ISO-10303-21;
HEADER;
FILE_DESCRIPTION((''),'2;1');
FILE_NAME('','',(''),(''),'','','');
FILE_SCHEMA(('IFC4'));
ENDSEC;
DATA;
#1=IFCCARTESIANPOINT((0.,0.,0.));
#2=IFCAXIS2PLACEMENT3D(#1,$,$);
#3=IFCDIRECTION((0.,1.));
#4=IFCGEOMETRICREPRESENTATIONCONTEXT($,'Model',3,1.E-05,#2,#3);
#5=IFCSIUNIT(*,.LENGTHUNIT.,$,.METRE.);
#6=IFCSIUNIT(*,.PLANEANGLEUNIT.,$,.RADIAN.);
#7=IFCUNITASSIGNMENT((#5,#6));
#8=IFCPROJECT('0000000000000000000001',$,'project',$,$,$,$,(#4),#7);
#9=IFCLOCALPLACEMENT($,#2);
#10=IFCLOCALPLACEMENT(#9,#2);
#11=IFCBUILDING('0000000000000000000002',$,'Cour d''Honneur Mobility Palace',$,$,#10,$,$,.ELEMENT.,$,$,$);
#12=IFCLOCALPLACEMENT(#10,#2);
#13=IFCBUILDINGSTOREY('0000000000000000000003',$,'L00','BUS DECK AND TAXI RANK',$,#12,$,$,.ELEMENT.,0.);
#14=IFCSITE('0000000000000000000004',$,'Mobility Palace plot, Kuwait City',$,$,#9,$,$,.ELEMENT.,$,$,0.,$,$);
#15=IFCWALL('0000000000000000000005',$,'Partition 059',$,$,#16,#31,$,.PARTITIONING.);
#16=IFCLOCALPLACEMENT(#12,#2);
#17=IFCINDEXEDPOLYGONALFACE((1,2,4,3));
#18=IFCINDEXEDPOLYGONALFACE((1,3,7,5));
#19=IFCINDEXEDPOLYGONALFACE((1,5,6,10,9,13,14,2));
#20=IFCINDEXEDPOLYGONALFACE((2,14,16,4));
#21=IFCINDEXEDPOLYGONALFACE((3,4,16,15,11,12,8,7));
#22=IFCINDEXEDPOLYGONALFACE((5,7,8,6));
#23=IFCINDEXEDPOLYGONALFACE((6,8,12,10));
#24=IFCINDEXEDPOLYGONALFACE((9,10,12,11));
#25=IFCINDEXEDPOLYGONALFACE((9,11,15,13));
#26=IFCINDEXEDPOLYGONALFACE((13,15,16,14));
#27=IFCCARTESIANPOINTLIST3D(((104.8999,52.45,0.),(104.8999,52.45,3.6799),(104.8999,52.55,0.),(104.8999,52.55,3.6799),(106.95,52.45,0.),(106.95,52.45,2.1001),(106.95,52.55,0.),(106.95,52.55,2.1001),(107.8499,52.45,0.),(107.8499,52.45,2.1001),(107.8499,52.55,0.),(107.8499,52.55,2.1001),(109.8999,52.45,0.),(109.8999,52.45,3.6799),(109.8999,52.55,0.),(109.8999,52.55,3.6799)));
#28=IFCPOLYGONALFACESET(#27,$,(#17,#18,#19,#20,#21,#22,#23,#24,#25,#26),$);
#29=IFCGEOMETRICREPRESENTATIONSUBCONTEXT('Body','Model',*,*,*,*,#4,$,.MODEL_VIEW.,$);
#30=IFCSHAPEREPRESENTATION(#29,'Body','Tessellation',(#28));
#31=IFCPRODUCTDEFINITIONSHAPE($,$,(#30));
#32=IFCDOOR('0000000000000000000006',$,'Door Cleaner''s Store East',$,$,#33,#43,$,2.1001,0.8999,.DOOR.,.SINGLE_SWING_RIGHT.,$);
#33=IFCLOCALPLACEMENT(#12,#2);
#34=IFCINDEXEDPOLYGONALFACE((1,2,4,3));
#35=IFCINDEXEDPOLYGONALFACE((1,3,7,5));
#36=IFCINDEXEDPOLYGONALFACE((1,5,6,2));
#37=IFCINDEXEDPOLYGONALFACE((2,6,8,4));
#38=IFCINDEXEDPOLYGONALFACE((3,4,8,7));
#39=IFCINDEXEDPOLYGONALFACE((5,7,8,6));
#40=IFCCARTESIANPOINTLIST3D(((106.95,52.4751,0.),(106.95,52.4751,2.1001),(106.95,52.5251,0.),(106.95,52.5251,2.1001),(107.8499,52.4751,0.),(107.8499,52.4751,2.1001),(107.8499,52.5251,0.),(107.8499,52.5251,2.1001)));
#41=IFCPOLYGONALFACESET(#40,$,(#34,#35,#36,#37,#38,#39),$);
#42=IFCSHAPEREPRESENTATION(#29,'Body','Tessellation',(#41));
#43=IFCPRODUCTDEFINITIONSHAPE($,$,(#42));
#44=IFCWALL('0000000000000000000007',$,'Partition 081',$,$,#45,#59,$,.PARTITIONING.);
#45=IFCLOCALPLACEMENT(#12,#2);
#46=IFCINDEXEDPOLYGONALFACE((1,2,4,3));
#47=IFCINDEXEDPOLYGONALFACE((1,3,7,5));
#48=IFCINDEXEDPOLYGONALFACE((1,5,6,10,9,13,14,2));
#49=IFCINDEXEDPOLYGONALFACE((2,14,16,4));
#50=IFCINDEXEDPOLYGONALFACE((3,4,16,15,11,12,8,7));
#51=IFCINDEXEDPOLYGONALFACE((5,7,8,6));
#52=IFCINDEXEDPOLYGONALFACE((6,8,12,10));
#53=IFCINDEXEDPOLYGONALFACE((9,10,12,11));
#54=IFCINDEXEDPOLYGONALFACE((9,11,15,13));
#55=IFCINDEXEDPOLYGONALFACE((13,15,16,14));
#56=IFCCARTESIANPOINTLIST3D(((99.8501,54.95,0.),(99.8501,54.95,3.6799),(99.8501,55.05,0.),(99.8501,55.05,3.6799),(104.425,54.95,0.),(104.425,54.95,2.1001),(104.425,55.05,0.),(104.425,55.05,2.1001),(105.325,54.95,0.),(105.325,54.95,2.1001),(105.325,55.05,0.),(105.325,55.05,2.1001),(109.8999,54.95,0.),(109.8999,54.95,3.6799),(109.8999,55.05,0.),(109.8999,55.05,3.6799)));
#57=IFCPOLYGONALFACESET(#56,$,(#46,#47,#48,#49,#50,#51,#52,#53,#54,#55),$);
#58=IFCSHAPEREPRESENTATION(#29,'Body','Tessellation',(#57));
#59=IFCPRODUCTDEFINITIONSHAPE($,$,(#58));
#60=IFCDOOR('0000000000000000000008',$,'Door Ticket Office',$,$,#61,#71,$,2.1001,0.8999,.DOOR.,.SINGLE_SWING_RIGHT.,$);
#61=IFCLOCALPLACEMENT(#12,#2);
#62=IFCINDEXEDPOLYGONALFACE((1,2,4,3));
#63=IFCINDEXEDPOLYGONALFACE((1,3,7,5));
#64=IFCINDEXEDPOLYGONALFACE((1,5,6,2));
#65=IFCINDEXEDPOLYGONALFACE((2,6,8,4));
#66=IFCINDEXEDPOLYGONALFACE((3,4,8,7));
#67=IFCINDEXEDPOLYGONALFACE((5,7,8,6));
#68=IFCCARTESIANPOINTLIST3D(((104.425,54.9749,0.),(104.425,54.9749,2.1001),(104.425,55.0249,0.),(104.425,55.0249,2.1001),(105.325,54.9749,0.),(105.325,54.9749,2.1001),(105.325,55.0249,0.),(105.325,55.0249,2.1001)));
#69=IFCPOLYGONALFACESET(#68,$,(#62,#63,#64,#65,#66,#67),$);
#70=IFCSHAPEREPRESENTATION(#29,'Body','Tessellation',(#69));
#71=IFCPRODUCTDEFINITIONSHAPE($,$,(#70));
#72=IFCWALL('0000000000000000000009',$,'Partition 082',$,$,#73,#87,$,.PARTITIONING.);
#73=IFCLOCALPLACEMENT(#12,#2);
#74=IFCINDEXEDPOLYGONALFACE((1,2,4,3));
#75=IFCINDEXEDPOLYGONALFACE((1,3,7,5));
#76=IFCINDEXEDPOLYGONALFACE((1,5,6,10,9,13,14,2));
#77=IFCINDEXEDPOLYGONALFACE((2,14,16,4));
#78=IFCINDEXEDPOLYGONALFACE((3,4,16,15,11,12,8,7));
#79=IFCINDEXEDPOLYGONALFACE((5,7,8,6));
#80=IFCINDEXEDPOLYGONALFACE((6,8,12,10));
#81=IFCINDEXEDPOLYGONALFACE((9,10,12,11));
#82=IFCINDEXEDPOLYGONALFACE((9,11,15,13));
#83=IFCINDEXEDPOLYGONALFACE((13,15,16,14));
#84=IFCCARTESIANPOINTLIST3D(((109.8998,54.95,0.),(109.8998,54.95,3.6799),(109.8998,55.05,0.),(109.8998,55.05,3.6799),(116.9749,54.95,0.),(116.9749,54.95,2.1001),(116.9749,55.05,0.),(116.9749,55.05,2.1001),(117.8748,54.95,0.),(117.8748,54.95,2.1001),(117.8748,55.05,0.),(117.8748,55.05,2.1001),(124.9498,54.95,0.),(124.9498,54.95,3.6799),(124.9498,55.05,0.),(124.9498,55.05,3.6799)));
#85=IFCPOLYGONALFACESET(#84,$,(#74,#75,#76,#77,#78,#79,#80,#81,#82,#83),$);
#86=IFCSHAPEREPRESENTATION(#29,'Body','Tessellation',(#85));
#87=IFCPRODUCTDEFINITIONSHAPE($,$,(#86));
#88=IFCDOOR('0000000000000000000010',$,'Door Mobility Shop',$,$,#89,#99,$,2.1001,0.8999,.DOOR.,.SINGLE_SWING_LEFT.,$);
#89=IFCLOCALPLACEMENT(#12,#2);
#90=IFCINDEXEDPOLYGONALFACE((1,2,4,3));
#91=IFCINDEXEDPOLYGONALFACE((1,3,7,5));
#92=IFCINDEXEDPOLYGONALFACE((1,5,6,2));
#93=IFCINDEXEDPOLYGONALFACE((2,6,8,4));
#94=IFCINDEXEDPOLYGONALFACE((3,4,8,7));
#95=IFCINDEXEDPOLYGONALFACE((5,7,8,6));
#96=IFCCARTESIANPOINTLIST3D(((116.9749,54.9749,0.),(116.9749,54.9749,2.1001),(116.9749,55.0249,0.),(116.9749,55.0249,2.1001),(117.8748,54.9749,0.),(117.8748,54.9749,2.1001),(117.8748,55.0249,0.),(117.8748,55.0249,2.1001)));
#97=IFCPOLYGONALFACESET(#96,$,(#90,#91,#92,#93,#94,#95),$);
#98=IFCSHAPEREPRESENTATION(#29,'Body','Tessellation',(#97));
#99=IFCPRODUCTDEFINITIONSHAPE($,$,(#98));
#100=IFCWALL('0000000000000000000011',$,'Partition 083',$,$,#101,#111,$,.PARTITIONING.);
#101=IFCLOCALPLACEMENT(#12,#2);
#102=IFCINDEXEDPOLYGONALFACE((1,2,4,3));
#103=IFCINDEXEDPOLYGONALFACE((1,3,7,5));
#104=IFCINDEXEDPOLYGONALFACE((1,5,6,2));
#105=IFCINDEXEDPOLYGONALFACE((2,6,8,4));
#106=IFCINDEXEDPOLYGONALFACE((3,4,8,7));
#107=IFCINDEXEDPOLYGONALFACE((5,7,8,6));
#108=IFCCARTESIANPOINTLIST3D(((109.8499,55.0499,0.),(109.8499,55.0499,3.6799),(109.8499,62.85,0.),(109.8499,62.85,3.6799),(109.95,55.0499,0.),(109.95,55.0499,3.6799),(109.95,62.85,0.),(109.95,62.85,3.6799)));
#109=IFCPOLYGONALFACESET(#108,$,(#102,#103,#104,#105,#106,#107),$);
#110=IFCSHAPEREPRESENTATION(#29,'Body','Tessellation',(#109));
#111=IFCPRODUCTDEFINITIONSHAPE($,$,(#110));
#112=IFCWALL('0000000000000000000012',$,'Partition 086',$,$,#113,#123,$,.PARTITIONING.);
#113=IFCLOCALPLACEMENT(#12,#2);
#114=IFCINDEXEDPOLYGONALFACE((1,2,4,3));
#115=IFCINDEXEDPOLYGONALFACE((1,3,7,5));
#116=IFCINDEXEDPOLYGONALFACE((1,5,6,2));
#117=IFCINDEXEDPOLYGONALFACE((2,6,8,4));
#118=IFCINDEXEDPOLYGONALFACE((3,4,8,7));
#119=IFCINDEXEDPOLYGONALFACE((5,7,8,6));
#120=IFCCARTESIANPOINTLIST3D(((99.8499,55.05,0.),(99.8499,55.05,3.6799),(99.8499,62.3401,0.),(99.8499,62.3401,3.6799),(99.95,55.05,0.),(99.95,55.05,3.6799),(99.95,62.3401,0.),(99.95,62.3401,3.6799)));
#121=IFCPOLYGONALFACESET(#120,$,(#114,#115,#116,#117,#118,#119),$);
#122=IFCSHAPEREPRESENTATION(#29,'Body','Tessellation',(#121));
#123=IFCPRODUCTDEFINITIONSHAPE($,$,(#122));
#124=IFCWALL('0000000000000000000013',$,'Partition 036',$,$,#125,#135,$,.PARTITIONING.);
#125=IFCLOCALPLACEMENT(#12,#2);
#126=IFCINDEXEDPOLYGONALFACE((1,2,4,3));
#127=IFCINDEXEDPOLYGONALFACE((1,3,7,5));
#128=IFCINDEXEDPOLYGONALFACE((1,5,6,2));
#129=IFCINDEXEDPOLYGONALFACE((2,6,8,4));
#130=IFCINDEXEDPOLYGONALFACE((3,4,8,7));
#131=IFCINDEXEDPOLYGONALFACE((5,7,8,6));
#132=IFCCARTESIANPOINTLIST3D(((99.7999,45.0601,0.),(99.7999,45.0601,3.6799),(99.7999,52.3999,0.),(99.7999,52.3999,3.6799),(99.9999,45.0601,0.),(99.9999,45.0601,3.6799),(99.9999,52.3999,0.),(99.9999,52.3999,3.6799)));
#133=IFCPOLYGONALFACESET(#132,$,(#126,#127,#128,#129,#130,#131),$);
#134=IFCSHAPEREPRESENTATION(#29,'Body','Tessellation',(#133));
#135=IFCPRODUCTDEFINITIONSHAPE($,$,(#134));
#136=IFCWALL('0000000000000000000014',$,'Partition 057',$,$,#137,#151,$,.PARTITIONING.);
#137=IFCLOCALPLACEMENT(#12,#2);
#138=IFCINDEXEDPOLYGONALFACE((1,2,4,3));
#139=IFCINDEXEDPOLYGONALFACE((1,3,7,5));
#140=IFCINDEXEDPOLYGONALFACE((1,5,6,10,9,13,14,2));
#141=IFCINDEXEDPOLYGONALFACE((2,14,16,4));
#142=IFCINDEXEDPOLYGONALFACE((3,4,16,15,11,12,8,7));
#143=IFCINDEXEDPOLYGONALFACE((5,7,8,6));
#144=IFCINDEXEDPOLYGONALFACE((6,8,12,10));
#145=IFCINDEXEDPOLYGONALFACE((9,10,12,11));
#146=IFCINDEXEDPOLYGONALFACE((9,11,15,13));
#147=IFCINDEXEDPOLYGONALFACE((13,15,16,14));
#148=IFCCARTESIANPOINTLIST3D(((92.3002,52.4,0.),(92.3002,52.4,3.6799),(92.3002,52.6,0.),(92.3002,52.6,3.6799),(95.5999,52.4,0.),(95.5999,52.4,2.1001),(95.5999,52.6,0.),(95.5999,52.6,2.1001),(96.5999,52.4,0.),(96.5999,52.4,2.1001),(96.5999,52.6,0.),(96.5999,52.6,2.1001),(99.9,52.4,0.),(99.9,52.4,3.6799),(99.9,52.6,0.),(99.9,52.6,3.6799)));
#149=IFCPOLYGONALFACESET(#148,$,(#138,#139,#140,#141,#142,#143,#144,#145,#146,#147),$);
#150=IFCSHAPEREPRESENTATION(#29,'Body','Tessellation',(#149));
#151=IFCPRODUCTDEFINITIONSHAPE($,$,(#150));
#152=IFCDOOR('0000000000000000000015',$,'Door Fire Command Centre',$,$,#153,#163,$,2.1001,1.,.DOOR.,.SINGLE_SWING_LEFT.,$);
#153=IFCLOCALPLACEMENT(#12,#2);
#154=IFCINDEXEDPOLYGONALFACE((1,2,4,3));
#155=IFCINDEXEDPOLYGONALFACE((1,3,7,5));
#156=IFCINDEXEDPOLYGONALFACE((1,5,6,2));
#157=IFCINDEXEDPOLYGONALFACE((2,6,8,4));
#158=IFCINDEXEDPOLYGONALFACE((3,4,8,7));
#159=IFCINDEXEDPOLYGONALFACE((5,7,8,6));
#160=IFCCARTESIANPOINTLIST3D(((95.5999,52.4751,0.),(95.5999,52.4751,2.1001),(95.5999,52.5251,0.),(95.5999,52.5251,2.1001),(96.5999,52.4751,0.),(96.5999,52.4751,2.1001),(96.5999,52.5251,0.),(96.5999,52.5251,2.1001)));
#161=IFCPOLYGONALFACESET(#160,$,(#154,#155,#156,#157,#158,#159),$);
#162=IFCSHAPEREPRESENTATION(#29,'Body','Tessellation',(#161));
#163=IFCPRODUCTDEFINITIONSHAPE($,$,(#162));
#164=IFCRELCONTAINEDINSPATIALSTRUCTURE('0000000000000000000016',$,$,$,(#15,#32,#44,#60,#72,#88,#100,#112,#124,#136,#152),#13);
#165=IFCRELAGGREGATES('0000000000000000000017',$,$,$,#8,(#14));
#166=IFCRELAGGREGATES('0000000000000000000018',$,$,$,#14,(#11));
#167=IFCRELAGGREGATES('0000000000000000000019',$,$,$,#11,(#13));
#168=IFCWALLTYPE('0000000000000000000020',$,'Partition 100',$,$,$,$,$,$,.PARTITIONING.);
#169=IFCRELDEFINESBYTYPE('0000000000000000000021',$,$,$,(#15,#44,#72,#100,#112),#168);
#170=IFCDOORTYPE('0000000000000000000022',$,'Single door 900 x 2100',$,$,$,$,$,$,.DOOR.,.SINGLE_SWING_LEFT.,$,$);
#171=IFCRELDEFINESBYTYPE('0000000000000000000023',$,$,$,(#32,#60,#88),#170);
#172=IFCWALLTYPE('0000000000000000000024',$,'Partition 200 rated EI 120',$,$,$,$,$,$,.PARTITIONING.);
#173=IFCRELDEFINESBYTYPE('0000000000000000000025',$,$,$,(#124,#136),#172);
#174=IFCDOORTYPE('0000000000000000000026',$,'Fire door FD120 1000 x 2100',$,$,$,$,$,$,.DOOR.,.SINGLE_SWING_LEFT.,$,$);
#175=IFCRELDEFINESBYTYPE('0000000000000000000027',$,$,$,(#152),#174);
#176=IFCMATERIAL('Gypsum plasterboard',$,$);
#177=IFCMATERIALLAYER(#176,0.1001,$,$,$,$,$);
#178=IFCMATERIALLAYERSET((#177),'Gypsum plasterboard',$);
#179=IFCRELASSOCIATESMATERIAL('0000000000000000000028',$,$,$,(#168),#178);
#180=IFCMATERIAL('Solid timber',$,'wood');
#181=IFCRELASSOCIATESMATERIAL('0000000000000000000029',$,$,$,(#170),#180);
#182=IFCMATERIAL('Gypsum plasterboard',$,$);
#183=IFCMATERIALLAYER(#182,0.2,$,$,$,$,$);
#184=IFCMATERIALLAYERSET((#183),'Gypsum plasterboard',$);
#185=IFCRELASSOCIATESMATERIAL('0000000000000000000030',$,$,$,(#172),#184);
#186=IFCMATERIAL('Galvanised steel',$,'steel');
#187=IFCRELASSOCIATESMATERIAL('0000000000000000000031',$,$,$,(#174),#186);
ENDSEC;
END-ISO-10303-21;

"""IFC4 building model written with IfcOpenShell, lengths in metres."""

from ifc_helpers import new_model, si_unit, direction, frame, frame_2d, origin, place, context, subcontext, project, spatial, rectangle, extrude, material, layer, layer_set, type_object, element, fill, save


model = new_model("IFC4")

# Units and contexts
model_context = context("Model", 3, precision=1e-05, world=origin(), true_north=direction((0.0, 1.0)))
body_context = subcontext(model_context, "Body", "Model", "MODEL_VIEW")
ifc_project = project(units=[si_unit("LENGTHUNIT", "METRE"), si_unit("PLANEANGLEUNIT", "RADIAN")], contexts=[model_context])

# Site, building, storey
site_placement = place(None, origin())
site = spatial("IfcSite", under=ifc_project, at=site_placement, Name="Mobility Palace plot, Kuwait City", CompositionType="ELEMENT", RefElevation=0.0)
building_placement = place(site_placement, origin())
building = spatial("IfcBuilding", under=site, at=building_placement, Name="Cour d'Honneur Mobility Palace", CompositionType="ELEMENT")
storey_placement = place(building_placement, origin())
storey = spatial("IfcBuildingStorey", under=building, at=storey_placement, Name="L00", Description="BUS DECK AND TAXI RANK", CompositionType="ELEMENT", Elevation=0.0)

# Shared definitions
ifc_material_1 = material(Name="Gypsum plasterboard")
ifc_layer_1 = layer(ifc_material_1, 0.1001)
ifc_layer_set_1 = layer_set([ifc_layer_1], Name="Gypsum plasterboard")
wall_type_1 = type_object("IfcWallType", Name="Partition 100", PredefinedType="PARTITIONING", material=ifc_layer_set_1)

# Walls, openings, doors
ifc_material_2 = material(Name="Solid timber", Category="wood")
door_type_1 = type_object("IfcDoorType", Name="Single door 900 x 2100", OperationType="SINGLE_SWING_LEFT", PredefinedType="DOOR", material=ifc_material_2)
wall_1_placement = place(storey_placement, frame((109.8999, 52.5, 0.0), z_axis=(0.0, 0.0, 1.0), x_axis=(-1.0, 0.0, 0.0)))
wall_1 = element("IfcWall", 1, at=wall_1_placement, inside=storey, type_object=wall_type_1, Name="Partition 059", PredefinedType="PARTITIONING", context=body_context, shape_type="SweptSolid", body=[
    extrude(rectangle(XDim=5.0, YDim=0.1001, at=frame_2d((2.5, 0.0))), origin(), (0.0, 0.0, 1.0), 3.6799),
])
opening_1_placement = place(wall_1_placement, frame((2.05, 0.0, 0.0)))
opening_1 = element("IfcOpeningElement", 2, at=opening_1_placement, cuts=wall_1, PredefinedType="OPENING", context=body_context, shape_type="SweptSolid", body=[
    extrude(rectangle(XDim=0.8999, YDim=2.1001, at=frame_2d((0.45, 1.05))), frame((0.0, 0.0601, 0.0), z_axis=(0.0, -1.0, 0.0), x_axis=(1.0, 0.0, 0.0)), (0.0, 0.0, 1.0), 0.1201),
])
door_1_placement = place(opening_1_placement, origin())
door_1 = element("IfcDoor", 3, at=door_1_placement, inside=storey, type_object=door_type_1, Name="Door Cleaner's Store East", OperationType="SINGLE_SWING_RIGHT", OverallHeight=2.1001, OverallWidth=0.8999, PredefinedType="DOOR", context=body_context, shape_type="SweptSolid", body=[
    extrude(rectangle(XDim=0.8999, YDim=2.1001, at=frame_2d((0.45, 1.05))), frame((0.0, 0.0249, 0.0), z_axis=(0.0, -1.0, 0.0), x_axis=(1.0, 0.0, 0.0)), (0.0, 0.0, 1.0), 0.05),
])
fill(opening_1, door_1)
wall_2_placement = place(storey_placement, frame((99.8501, 55.0, 0.0), z_axis=(0.0, 0.0, 1.0), x_axis=(1.0, 0.0, 0.0)))
wall_2 = element("IfcWall", 4, at=wall_2_placement, inside=storey, type_object=wall_type_1, Name="Partition 081", PredefinedType="PARTITIONING", context=body_context, shape_type="SweptSolid", body=[
    extrude(rectangle(XDim=10.0498, YDim=0.1001, at=frame_2d((5.0249, 0.0))), origin(), (0.0, 0.0, 1.0), 3.6799),
])
opening_2_placement = place(wall_2_placement, frame((4.575, 0.0, 0.0)))
opening_2 = element("IfcOpeningElement", 5, at=opening_2_placement, cuts=wall_2, PredefinedType="OPENING", context=body_context, shape_type="SweptSolid", body=[
    extrude(rectangle(XDim=0.8999, YDim=2.1001, at=frame_2d((0.45, 1.05))), frame((0.0, 0.0601, 0.0), z_axis=(0.0, -1.0, 0.0), x_axis=(1.0, 0.0, 0.0)), (0.0, 0.0, 1.0), 0.1201),
])
door_2_placement = place(opening_2_placement, origin())
door_2 = element("IfcDoor", 6, at=door_2_placement, inside=storey, type_object=door_type_1, Name="Door Ticket Office", OperationType="SINGLE_SWING_RIGHT", OverallHeight=2.1001, OverallWidth=0.8999, PredefinedType="DOOR", context=body_context, shape_type="SweptSolid", body=[
    extrude(rectangle(XDim=0.8999, YDim=2.1001, at=frame_2d((0.45, 1.05))), frame((0.0, 0.0249, 0.0), z_axis=(0.0, -1.0, 0.0), x_axis=(1.0, 0.0, 0.0)), (0.0, 0.0, 1.0), 0.05),
])
fill(opening_2, door_2)
wall_3_placement = place(storey_placement, frame((109.8999, 55.0, 0.0), z_axis=(0.0, 0.0, 1.0), x_axis=(1.0, 0.0, 0.0)))
wall_3 = element("IfcWall", 7, at=wall_3_placement, inside=storey, type_object=wall_type_1, Name="Partition 082", PredefinedType="PARTITIONING", context=body_context, shape_type="SweptSolid", body=[
    extrude(rectangle(XDim=15.05, YDim=0.1001, at=frame_2d((7.5249, 0.0))), origin(), (0.0, 0.0, 1.0), 3.6799),
])
opening_3_placement = place(wall_3_placement, frame((7.075, 0.0, 0.0)))
opening_3 = element("IfcOpeningElement", 8, at=opening_3_placement, cuts=wall_3, PredefinedType="OPENING", context=body_context, shape_type="SweptSolid", body=[
    extrude(rectangle(XDim=0.8999, YDim=2.1001, at=frame_2d((0.45, 1.05))), frame((0.0, 0.0601, 0.0), z_axis=(0.0, -1.0, 0.0), x_axis=(1.0, 0.0, 0.0)), (0.0, 0.0, 1.0), 0.1201),
])
door_3_placement = place(opening_3_placement, origin())
door_3 = element("IfcDoor", 9, at=door_3_placement, inside=storey, type_object=door_type_1, Name="Door Mobility Shop", OperationType="SINGLE_SWING_LEFT", OverallHeight=2.1001, OverallWidth=0.8999, PredefinedType="DOOR", context=body_context, shape_type="SweptSolid", body=[
    extrude(rectangle(XDim=0.8999, YDim=2.1001, at=frame_2d((0.45, 1.05))), frame((0.0, 0.0249, 0.0), z_axis=(0.0, -1.0, 0.0), x_axis=(1.0, 0.0, 0.0)), (0.0, 0.0, 1.0), 0.05),
])
fill(opening_3, door_3)

# Walls
wall_4_placement = place(storey_placement, frame((109.8999, 55.05, 0.0), z_axis=(0.0, 0.0, 1.0), x_axis=(0.0, 1.0, 0.0)))
element("IfcWall", 10, at=wall_4_placement, inside=storey, type_object=wall_type_1, Name="Partition 083", PredefinedType="PARTITIONING", context=body_context, shape_type="SweptSolid", body=[
    extrude(rectangle(XDim=7.8, YDim=0.1001, at=frame_2d((3.8999, 0.0))), origin(), (0.0, 0.0, 1.0), 3.6799),
])
wall_5_placement = place(storey_placement, frame((99.8999, 62.3401, 0.0), z_axis=(0.0, 0.0, 1.0), x_axis=(0.0, -1.0, 0.0)))
element("IfcWall", 11, at=wall_5_placement, inside=storey, type_object=wall_type_1, Name="Partition 086", PredefinedType="PARTITIONING", context=body_context, shape_type="SweptSolid", body=[
    extrude(rectangle(XDim=7.29, YDim=0.1001, at=frame_2d((3.645, 0.0))), origin(), (0.0, 0.0, 1.0), 3.6799),
])
ifc_material_3 = material(Name="Gypsum plasterboard")
ifc_layer_2 = layer(ifc_material_3, 0.2)
ifc_layer_set_2 = layer_set([ifc_layer_2], Name="Gypsum plasterboard")
wall_type_2 = type_object("IfcWallType", Name="Partition 200 rated EI 120", PredefinedType="PARTITIONING", material=ifc_layer_set_2)
wall_6_placement = place(storey_placement, frame((99.8999, 45.0601, 0.0), z_axis=(0.0, 0.0, 1.0), x_axis=(0.0, 1.0, 0.0)))
element("IfcWall", 12, at=wall_6_placement, inside=storey, type_object=wall_type_2, Name="Partition 036", PredefinedType="PARTITIONING", context=body_context, shape_type="SweptSolid", body=[
    extrude(rectangle(XDim=7.3398, YDim=0.2, at=frame_2d((3.6699, 0.0))), origin(), (0.0, 0.0, 1.0), 3.6799),
])

# Wall, opening, door
wall_7_placement = place(storey_placement, frame((99.8999, 52.5, 0.0), z_axis=(0.0, 0.0, 1.0), x_axis=(-1.0, 0.0, 0.0)))
wall_7 = element("IfcWall", 13, at=wall_7_placement, inside=storey, type_object=wall_type_2, Name="Partition 057", PredefinedType="PARTITIONING", context=body_context, shape_type="SweptSolid", body=[
    extrude(rectangle(XDim=7.5999, YDim=0.2, at=frame_2d((3.7998, 0.0))), origin(), (0.0, 0.0, 1.0), 3.6799),
])
opening_4_placement = place(wall_7_placement, frame((3.3, 0.0, 0.0)))
opening_4 = element("IfcOpeningElement", 14, at=opening_4_placement, cuts=wall_7, PredefinedType="OPENING", context=body_context, shape_type="SweptSolid", body=[
    extrude(rectangle(XDim=1.0, YDim=2.1001, at=frame_2d((0.5, 1.05))), frame((0.0, 0.1099, 0.0), z_axis=(0.0, -1.0, 0.0), x_axis=(1.0, 0.0, 0.0)), (0.0, 0.0, 1.0), 0.22),
])
ifc_material_4 = material(Name="Galvanised steel", Category="steel")
door_type_2 = type_object("IfcDoorType", Name="Fire door FD120 1000 x 2100", OperationType="SINGLE_SWING_LEFT", PredefinedType="DOOR", material=ifc_material_4)
door_4_placement = place(opening_4_placement, origin())
door_4 = element("IfcDoor", 15, at=door_4_placement, inside=storey, type_object=door_type_2, Name="Door Fire Command Centre", OperationType="SINGLE_SWING_LEFT", OverallHeight=2.1001, OverallWidth=1.0, PredefinedType="DOOR", context=body_context, shape_type="SweptSolid", body=[
    extrude(rectangle(XDim=1.0, YDim=2.1001, at=frame_2d((0.5, 1.05))), frame((0.0, 0.0249, 0.0), z_axis=(0.0, -1.0, 0.0), x_axis=(1.0, 0.0, 0.0)), (0.0, 0.0, 1.0), 0.05),
])
fill(opening_4, door_4)

save(model, "model.ifc")
